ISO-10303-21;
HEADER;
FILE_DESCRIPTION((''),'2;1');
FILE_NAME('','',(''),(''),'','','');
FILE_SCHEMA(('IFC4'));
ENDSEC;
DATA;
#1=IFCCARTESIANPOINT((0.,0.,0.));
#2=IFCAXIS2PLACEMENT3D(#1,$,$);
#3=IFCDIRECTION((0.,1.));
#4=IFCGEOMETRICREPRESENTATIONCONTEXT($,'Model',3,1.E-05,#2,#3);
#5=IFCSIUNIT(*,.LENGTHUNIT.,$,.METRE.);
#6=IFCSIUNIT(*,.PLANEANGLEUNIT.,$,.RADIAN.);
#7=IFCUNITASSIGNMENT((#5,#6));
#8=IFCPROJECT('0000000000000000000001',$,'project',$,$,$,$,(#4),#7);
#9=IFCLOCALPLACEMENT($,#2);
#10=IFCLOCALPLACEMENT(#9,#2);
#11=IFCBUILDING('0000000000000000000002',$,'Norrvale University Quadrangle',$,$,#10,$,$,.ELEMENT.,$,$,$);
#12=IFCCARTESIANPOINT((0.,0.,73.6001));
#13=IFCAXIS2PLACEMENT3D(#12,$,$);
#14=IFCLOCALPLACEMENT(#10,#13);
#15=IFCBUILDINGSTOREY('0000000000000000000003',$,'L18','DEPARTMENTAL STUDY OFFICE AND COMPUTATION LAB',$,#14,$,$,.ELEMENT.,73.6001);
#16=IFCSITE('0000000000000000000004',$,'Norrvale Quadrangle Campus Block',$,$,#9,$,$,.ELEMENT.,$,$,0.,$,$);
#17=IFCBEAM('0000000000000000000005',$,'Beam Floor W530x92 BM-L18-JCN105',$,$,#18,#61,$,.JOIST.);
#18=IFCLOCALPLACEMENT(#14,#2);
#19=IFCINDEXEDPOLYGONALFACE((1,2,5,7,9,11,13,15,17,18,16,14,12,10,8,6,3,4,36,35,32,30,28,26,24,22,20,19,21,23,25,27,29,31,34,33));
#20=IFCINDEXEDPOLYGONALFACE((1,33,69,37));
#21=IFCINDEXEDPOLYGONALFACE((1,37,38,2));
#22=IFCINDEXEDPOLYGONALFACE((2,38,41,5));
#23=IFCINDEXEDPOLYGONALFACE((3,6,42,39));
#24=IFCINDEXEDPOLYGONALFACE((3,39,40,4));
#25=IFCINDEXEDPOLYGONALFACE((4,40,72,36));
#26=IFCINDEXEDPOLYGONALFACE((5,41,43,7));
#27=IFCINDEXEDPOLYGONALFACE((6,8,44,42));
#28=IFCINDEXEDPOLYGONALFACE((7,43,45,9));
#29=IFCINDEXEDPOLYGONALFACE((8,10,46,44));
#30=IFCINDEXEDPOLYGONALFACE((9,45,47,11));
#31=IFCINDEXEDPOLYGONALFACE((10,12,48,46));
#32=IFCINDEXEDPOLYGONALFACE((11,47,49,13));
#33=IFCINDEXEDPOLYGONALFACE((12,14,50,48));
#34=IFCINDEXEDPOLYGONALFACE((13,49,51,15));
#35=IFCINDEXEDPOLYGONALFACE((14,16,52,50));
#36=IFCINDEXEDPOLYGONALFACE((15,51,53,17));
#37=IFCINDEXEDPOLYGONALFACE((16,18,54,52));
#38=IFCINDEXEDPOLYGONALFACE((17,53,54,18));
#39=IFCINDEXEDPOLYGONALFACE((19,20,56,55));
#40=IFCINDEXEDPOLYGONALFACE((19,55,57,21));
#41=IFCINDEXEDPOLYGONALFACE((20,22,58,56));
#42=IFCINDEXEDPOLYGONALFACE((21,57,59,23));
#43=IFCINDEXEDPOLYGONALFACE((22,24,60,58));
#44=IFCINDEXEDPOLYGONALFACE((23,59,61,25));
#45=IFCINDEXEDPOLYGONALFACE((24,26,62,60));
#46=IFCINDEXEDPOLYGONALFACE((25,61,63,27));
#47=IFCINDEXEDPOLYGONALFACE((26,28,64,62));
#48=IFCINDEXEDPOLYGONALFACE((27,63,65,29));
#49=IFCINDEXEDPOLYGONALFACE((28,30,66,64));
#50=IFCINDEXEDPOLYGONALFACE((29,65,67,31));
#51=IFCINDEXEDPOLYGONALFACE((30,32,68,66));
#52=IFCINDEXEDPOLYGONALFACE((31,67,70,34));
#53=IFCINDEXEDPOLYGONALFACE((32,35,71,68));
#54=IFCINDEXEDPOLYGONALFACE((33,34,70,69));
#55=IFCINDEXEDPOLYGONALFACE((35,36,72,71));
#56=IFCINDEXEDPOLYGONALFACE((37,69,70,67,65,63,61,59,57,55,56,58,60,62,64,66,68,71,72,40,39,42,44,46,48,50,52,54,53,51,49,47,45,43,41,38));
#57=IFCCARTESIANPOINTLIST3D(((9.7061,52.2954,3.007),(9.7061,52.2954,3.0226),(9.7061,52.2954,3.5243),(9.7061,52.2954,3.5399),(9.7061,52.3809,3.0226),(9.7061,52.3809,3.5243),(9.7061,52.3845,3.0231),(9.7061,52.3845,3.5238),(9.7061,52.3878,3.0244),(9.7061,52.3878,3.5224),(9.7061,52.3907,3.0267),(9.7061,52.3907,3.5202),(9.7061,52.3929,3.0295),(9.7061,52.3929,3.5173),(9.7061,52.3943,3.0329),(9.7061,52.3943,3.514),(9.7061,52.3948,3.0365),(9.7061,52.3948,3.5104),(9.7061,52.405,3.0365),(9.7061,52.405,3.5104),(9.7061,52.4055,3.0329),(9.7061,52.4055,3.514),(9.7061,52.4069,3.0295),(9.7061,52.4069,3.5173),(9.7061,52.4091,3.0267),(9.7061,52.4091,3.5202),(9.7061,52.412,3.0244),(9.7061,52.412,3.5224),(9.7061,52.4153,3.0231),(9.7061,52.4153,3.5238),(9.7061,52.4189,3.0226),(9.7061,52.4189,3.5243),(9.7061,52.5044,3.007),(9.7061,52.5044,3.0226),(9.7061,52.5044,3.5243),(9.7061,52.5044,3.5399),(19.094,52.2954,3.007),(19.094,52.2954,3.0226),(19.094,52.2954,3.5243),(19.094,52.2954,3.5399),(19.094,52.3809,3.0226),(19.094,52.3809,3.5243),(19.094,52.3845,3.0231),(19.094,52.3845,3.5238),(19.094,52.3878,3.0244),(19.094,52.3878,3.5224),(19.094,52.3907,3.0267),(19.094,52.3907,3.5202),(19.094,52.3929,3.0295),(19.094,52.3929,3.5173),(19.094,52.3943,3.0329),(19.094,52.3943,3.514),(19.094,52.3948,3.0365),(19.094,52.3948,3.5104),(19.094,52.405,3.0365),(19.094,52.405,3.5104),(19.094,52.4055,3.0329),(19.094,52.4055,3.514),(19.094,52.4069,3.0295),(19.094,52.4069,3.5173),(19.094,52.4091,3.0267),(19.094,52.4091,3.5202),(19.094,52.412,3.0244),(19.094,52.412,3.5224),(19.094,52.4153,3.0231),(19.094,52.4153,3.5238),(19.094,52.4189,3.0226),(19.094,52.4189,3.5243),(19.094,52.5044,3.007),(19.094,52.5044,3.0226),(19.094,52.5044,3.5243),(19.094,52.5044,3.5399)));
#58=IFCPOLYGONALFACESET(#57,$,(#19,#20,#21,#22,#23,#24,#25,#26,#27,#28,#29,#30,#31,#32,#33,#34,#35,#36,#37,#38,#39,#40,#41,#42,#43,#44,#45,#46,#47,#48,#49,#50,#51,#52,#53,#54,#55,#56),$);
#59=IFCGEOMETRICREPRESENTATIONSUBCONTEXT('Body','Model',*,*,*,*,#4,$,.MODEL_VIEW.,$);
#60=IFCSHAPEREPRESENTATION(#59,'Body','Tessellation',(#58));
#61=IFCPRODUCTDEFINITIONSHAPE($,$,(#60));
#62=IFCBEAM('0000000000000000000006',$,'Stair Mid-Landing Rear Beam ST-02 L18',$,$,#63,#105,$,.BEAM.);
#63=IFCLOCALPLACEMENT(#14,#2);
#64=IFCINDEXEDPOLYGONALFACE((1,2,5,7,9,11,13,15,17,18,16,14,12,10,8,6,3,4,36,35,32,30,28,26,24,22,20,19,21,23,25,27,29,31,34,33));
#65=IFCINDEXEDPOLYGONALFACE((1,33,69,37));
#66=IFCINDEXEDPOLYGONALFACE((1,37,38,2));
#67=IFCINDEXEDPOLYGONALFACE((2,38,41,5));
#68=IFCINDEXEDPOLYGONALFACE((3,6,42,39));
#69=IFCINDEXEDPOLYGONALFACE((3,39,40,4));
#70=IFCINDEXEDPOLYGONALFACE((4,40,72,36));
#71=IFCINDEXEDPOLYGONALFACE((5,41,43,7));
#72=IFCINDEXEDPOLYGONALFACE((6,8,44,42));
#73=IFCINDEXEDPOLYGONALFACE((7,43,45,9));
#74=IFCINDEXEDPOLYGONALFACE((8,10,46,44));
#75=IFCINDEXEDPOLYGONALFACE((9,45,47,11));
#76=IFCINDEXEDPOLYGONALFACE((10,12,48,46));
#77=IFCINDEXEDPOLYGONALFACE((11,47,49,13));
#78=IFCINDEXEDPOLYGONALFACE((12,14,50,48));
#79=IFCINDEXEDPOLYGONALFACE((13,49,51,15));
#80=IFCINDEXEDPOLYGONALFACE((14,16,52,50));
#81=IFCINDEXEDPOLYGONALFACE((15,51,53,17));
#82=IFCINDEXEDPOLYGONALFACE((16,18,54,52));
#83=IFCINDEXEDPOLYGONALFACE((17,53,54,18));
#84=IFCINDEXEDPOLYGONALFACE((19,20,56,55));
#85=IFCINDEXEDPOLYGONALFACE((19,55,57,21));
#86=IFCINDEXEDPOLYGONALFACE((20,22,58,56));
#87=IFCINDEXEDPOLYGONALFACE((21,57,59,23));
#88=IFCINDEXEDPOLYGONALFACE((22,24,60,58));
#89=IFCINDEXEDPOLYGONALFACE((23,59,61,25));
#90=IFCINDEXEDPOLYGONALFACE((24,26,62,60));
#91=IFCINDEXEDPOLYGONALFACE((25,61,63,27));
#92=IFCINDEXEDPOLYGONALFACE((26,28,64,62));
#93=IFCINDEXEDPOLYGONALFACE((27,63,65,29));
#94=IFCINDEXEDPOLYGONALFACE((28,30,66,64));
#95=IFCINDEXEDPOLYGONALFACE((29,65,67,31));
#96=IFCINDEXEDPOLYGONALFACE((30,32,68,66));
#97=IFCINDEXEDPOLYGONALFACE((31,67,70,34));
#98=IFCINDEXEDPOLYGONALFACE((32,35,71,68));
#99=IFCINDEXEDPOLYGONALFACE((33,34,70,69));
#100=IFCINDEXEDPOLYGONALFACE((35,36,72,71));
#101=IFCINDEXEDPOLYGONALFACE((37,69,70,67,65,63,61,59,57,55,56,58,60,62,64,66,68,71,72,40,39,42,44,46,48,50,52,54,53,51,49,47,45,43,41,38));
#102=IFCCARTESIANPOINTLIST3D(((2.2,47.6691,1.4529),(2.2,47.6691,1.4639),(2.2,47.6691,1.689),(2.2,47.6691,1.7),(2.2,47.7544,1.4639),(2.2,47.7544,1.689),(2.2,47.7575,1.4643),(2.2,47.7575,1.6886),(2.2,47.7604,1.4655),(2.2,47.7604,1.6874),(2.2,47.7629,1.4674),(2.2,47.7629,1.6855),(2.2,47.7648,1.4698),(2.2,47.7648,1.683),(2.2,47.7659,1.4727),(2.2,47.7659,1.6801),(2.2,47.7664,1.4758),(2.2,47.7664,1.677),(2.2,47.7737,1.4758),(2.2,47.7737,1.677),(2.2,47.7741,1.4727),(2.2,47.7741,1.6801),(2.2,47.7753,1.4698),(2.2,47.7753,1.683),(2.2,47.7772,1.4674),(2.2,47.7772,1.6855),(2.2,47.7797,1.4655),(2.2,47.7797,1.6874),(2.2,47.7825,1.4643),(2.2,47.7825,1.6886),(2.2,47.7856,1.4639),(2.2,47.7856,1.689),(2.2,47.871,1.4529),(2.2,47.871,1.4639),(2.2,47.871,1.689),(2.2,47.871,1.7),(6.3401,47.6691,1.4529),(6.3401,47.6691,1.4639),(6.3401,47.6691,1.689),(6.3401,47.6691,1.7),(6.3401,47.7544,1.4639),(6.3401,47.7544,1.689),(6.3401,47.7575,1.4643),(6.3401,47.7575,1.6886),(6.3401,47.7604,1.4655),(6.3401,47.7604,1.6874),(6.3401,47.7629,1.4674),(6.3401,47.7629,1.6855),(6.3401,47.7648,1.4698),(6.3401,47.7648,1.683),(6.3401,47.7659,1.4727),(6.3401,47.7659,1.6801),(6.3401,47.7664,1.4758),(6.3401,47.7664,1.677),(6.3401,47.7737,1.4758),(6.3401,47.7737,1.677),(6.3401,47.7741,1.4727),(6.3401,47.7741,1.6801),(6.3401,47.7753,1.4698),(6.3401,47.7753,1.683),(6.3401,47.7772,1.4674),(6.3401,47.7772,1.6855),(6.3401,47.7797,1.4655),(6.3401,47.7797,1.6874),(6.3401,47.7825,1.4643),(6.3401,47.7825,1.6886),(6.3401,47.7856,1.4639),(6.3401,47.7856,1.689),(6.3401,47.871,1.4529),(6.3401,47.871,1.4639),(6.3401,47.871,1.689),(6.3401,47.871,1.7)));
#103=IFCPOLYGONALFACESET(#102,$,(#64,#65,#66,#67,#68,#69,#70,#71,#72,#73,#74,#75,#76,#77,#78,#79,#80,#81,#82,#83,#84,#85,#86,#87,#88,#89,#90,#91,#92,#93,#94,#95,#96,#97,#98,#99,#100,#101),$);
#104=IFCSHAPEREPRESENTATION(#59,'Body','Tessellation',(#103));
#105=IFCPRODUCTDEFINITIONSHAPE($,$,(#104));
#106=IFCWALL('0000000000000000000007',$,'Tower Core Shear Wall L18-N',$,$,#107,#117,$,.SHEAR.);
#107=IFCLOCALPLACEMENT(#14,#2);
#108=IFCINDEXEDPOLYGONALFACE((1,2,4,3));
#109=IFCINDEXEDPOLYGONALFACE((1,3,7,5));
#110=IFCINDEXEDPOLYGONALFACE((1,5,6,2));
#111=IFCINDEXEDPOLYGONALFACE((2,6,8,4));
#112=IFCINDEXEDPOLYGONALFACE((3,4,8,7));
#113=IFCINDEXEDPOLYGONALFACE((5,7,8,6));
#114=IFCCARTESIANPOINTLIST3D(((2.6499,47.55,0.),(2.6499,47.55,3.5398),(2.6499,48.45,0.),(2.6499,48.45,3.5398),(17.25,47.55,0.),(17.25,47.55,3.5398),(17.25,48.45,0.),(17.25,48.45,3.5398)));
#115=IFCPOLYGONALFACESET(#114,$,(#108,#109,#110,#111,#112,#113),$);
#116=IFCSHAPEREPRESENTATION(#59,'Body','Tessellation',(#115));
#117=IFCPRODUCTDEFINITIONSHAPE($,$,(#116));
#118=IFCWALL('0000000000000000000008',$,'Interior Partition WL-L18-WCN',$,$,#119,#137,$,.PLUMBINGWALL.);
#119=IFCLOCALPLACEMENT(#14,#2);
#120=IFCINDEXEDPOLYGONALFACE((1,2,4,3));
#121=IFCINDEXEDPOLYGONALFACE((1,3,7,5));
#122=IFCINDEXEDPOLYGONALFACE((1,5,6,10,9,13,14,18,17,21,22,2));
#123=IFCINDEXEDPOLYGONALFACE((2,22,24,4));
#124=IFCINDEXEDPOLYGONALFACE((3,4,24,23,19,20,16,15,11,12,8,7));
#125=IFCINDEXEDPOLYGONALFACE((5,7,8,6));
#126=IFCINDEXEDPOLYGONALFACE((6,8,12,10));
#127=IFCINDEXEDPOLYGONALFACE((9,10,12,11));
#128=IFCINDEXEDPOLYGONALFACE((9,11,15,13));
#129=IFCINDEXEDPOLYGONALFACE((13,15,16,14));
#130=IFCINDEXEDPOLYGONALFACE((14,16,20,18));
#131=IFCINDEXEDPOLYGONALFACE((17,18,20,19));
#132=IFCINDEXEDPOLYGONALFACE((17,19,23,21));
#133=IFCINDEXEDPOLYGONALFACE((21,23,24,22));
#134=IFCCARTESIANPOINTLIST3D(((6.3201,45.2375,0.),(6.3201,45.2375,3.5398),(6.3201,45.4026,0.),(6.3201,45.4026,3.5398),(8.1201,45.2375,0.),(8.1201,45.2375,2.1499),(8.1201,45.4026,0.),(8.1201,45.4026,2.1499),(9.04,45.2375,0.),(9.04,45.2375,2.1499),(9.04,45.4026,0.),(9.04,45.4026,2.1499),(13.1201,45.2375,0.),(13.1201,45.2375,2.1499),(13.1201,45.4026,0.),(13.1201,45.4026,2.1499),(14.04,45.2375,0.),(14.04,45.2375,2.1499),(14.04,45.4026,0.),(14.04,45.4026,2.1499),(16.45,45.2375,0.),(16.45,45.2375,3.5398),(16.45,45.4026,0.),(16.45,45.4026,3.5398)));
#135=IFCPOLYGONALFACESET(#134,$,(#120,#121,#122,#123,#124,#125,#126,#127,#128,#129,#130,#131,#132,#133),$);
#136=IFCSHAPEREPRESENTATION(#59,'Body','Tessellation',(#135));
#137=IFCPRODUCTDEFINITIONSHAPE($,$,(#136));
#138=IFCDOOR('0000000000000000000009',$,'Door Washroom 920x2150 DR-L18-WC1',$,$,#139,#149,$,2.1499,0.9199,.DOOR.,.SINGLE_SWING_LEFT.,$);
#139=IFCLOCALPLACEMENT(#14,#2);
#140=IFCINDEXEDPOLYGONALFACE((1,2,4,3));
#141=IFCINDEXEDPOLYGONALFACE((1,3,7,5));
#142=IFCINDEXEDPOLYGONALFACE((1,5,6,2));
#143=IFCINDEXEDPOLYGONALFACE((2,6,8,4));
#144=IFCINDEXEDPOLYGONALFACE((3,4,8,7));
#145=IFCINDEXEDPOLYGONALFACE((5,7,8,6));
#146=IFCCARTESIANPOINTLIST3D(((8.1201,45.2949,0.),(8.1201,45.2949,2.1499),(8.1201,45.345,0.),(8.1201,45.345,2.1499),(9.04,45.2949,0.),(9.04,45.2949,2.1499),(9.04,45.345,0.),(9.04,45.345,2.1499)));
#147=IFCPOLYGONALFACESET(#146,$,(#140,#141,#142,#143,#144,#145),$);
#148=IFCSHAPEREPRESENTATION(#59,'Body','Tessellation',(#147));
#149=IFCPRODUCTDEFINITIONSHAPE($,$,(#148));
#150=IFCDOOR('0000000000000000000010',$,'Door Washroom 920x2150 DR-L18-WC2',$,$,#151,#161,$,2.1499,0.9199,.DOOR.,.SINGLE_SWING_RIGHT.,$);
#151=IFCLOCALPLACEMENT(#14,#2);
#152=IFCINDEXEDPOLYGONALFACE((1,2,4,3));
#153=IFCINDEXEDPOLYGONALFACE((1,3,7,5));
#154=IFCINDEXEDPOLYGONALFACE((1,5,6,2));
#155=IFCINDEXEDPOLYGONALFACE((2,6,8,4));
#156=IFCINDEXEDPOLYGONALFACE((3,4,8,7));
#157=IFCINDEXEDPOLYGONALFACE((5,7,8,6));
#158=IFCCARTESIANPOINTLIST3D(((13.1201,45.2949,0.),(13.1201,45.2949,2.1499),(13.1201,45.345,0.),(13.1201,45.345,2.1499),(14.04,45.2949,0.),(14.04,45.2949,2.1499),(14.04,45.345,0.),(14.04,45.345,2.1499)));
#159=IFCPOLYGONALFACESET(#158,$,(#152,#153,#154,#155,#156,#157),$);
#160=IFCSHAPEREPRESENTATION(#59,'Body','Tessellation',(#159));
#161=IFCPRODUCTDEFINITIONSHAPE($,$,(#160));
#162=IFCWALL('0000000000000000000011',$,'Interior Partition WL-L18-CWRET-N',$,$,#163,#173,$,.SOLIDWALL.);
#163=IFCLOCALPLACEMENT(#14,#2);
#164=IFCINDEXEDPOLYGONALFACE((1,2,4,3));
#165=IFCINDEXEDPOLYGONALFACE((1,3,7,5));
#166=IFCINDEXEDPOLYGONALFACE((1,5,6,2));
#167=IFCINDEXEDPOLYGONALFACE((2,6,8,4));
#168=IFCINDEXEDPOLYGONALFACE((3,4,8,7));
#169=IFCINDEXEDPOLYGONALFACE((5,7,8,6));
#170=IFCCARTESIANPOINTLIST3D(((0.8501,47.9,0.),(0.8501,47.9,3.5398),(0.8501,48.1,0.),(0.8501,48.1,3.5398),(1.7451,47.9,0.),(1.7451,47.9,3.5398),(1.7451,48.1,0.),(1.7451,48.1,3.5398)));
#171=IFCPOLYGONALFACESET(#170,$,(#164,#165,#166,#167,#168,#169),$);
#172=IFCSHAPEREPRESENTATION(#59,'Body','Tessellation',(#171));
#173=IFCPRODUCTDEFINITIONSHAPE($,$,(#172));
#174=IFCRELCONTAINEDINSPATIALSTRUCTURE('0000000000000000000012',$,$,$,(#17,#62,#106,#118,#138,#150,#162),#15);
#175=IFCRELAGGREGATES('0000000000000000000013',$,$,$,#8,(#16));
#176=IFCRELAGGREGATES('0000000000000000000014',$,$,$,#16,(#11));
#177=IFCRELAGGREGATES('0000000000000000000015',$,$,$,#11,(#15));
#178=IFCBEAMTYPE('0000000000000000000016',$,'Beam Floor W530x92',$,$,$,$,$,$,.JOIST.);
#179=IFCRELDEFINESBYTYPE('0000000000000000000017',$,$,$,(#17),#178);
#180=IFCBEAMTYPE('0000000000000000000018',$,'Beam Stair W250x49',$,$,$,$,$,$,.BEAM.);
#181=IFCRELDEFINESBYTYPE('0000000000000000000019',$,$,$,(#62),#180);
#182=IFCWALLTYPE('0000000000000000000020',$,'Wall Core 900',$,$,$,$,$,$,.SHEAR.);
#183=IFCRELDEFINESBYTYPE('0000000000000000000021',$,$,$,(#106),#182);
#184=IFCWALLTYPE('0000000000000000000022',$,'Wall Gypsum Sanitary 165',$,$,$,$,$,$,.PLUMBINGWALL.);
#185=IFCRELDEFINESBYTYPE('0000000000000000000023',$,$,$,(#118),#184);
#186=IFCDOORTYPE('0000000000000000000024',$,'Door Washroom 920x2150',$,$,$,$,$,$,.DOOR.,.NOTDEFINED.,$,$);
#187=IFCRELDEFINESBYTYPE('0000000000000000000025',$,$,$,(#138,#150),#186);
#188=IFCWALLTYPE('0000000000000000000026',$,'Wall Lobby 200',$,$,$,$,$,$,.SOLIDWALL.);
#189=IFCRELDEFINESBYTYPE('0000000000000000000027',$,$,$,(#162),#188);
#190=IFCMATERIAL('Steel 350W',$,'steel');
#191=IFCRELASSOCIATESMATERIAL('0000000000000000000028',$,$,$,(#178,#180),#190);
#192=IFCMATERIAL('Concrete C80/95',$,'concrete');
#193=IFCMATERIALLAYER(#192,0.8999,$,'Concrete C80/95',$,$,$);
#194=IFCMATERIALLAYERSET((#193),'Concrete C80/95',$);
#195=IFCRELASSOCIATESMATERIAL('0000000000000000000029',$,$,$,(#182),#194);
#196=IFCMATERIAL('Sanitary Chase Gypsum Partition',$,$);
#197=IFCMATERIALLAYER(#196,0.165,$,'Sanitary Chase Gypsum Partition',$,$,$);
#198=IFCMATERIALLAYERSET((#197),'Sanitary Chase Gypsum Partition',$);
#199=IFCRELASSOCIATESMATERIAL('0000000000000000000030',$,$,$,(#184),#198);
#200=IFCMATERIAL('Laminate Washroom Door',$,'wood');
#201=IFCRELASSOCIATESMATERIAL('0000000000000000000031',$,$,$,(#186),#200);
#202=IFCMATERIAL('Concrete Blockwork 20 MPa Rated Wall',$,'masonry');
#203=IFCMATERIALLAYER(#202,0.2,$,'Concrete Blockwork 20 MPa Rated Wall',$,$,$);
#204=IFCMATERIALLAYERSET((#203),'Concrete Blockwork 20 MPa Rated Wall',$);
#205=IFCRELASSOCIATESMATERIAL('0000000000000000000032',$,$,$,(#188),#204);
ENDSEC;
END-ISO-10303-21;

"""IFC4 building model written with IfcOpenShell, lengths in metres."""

from ifc_helpers import new_model, si_unit, direction, frame, frame_2d, origin, origin_2d, place, context, subcontext, project, spatial, rectangle, i_section, extrude, material, layer, layer_set, material_profile, profile_set, type_object, element, fill, save


model = new_model("IFC4")

# Units and contexts
model_context = context("Model", 3, precision=1e-05, world=origin(), true_north=direction((0.0, 1.0)))
body_context = subcontext(model_context, "Body", "Model", "MODEL_VIEW")
ifc_project = project(units=[si_unit("LENGTHUNIT", "METRE"), si_unit("PLANEANGLEUNIT", "RADIAN")], contexts=[model_context])

# Site, building, storey
site_placement = place(None, origin())
site = spatial("IfcSite", under=ifc_project, at=site_placement, Name="Norrvale Quadrangle Campus Block", CompositionType="ELEMENT", RefElevation=0.0)
building_placement = place(site_placement, origin())
building = spatial("IfcBuilding", under=site, at=building_placement, Name="Norrvale University Quadrangle", CompositionType="ELEMENT")
storey_placement = place(building_placement, frame((0.0, 0.0, 73.6001)))
storey = spatial("IfcBuildingStorey", under=building, at=storey_placement, Name="L18", Description="DEPARTMENTAL STUDY OFFICE AND COMPUTATION LAB", CompositionType="ELEMENT", Elevation=73.6001)

# Shared definitions
ifc_material_1 = material(Name="Concrete C80/95", Category="concrete")

# Beams
ifc_material_2 = material(Name="Steel 350W", Category="steel")
ifc_material_profile_1 = material_profile(ifc_material_2, i_section(OverallWidth=0.209, OverallDepth=0.533, WebThickness=0.0103, FlangeThickness=0.0156, FilletRadius=0.0139, at=origin_2d()), Name="Steel 350W")
ifc_profile_set_1 = profile_set([ifc_material_profile_1], Name="Steel 350W")
beam_type_1 = type_object("IfcBeamType", Name="Beam Floor W530x92", PredefinedType="JOIST", material=ifc_profile_set_1)
beam_1_placement = place(storey_placement, frame((9.7061, 52.3999, 3.2734), z_axis=(1.0, 0.0, 0.0), x_axis=(0.0, 1.0, 0.0)))
element("IfcBeam", 1, at=beam_1_placement, inside=storey, type_object=beam_type_1, Name="Beam Floor W530x92 BM-L18-JCN105", PredefinedType="JOIST", context=body_context, shape_type="SweptSolid", body=[
    extrude(i_section(OverallWidth=0.209, OverallDepth=0.533, WebThickness=0.0103, FlangeThickness=0.0156, FilletRadius=0.0139, at=origin_2d()), origin(), (0.0, 0.0, 1.0), 9.3879),
])
ifc_material_profile_2 = material_profile(ifc_material_2, i_section(OverallWidth=0.2019, OverallDepth=0.2471, WebThickness=0.0073, FlangeThickness=0.011, FilletRadius=0.012, at=origin_2d()), Name="Steel 350W")
ifc_profile_set_2 = profile_set([ifc_material_profile_2], Name="Steel 350W")
beam_type_2 = type_object("IfcBeamType", Name="Beam Stair W250x49", PredefinedType="BEAM", material=ifc_profile_set_2)
beam_2_placement = place(storey_placement, frame((2.2, 47.77, 1.5764), z_axis=(1.0, 0.0, 0.0), x_axis=(0.0, 1.0, 0.0)))
element("IfcBeam", 2, at=beam_2_placement, inside=storey, type_object=beam_type_2, Name="Stair Mid-Landing Rear Beam ST-02 L18", PredefinedType="BEAM", context=body_context, shape_type="SweptSolid", body=[
    extrude(i_section(OverallWidth=0.2019, OverallDepth=0.2471, WebThickness=0.0073, FlangeThickness=0.011, FilletRadius=0.012, at=origin_2d()), origin(), (0.0, 0.0, 1.0), 4.1401),
])

# Wall
ifc_layer_1 = layer(ifc_material_1, 0.8999, Name="Concrete C80/95")
ifc_layer_set_1 = layer_set([ifc_layer_1], Name="Concrete C80/95")
wall_type_1 = type_object("IfcWallType", Name="Wall Core 900", PredefinedType="SHEAR", material=ifc_layer_set_1)
wall_1_placement = place(storey_placement, frame((2.6499, 48.0, 0.0), z_axis=(0.0, 0.0, 1.0), x_axis=(1.0, 0.0, 0.0)))
element("IfcWall", 3, at=wall_1_placement, inside=storey, type_object=wall_type_1, Name="Tower Core Shear Wall L18-N", PredefinedType="SHEAR", context=body_context, shape_type="SweptSolid", body=[
    extrude(rectangle(XDim=14.6001, YDim=0.8999, at=frame_2d((7.3, 0.0))), origin(), (0.0, 0.0, 1.0), 3.5398),
])

# Wall, openings, doors
ifc_material_3 = material(Name="Sanitary Chase Gypsum Partition")
ifc_layer_2 = layer(ifc_material_3, 0.165, Name="Sanitary Chase Gypsum Partition")
ifc_layer_set_2 = layer_set([ifc_layer_2], Name="Sanitary Chase Gypsum Partition")
wall_type_2 = type_object("IfcWallType", Name="Wall Gypsum Sanitary 165", PredefinedType="PLUMBINGWALL", material=ifc_layer_set_2)
wall_2_placement = place(storey_placement, frame((6.3201, 45.3201, 0.0), z_axis=(0.0, 0.0, 1.0), x_axis=(1.0, 0.0, 0.0)))
wall_2 = element("IfcWall", 4, at=wall_2_placement, inside=storey, type_object=wall_type_2, Name="Interior Partition WL-L18-WCN", PredefinedType="PLUMBINGWALL", context=body_context, shape_type="SweptSolid", body=[
    extrude(rectangle(XDim=10.1299, YDim=0.165, at=frame_2d((5.0649, 0.0))), origin(), (0.0, 0.0, 1.0), 3.5398),
])
opening_1_placement = place(wall_2_placement, frame((1.8, 0.0, 0.0)))
opening_1 = element("IfcOpeningElement", 5, at=opening_1_placement, cuts=wall_2, PredefinedType="OPENING", context=body_context, shape_type="SweptSolid", body=[
    extrude(rectangle(XDim=0.9199, YDim=2.1499, at=frame_2d((0.46, 1.075))), frame((0.0, 0.0945, 0.0), z_axis=(0.0, -1.0, 0.0), x_axis=(1.0, 0.0, 0.0)), (0.0, 0.0, 1.0), 0.189),
])
opening_2_placement = place(wall_2_placement, frame((6.8, 0.0, 0.0)))
opening_2 = element("IfcOpeningElement", 6, at=opening_2_placement, cuts=wall_2, PredefinedType="OPENING", context=body_context, shape_type="SweptSolid", body=[
    extrude(rectangle(XDim=0.9199, YDim=2.1499, at=frame_2d((0.46, 1.075))), frame((0.0, 0.0945, 0.0), z_axis=(0.0, -1.0, 0.0), x_axis=(1.0, 0.0, 0.0)), (0.0, 0.0, 1.0), 0.189),
])
ifc_material_4 = material(Name="Laminate Washroom Door", Category="wood")
door_type = type_object("IfcDoorType", Name="Door Washroom 920x2150", OperationType="NOTDEFINED", PredefinedType="DOOR", material=ifc_material_4)
door_1_placement = place(opening_1_placement, origin())
door_1 = element("IfcDoor", 7, at=door_1_placement, inside=storey, type_object=door_type, Name="Door Washroom 920x2150 DR-L18-WC1", OperationType="SINGLE_SWING_LEFT", OverallHeight=2.1499, OverallWidth=0.9199, PredefinedType="DOOR", context=body_context, shape_type="SweptSolid", body=[
    extrude(rectangle(XDim=0.9199, YDim=2.1499, at=frame_2d((0.46, 1.075))), frame((0.0, 0.0249, 0.0), z_axis=(0.0, -1.0, 0.0), x_axis=(1.0, 0.0, 0.0)), (0.0, 0.0, 1.0), 0.05),
])
fill(opening_1, door_1)
door_2_placement = place(opening_2_placement, origin())
door_2 = element("IfcDoor", 8, at=door_2_placement, inside=storey, type_object=door_type, Name="Door Washroom 920x2150 DR-L18-WC2", OperationType="SINGLE_SWING_RIGHT", OverallHeight=2.1499, OverallWidth=0.9199, PredefinedType="DOOR", context=body_context, shape_type="SweptSolid", body=[
    extrude(rectangle(XDim=0.9199, YDim=2.1499, at=frame_2d((0.46, 1.075))), frame((0.0, 0.0249, 0.0), z_axis=(0.0, -1.0, 0.0), x_axis=(1.0, 0.0, 0.0)), (0.0, 0.0, 1.0), 0.05),
])
fill(opening_2, door_2)

# Wall
ifc_material_5 = material(Name="Concrete Blockwork 20 MPa Rated Wall", Category="masonry")
ifc_layer_3 = layer(ifc_material_5, 0.2, Name="Concrete Blockwork 20 MPa Rated Wall")
ifc_layer_set_3 = layer_set([ifc_layer_3], Name="Concrete Blockwork 20 MPa Rated Wall")
wall_type_3 = type_object("IfcWallType", Name="Wall Lobby 200", PredefinedType="SOLIDWALL", material=ifc_layer_set_3)
wall_3_placement = place(storey_placement, frame((0.8501, 48.0, 0.0), z_axis=(0.0, 0.0, 1.0), x_axis=(1.0, 0.0, 0.0)))
element("IfcWall", 9, at=wall_3_placement, inside=storey, type_object=wall_type_3, Name="Interior Partition WL-L18-CWRET-N", PredefinedType="SOLIDWALL", context=body_context, shape_type="SweptSolid", body=[
    extrude(rectangle(XDim=0.895, YDim=0.2, at=frame_2d((0.4475, 0.0))), origin(), (0.0, 0.0, 1.0), 3.5398),
])

save(model, "model.ifc")
